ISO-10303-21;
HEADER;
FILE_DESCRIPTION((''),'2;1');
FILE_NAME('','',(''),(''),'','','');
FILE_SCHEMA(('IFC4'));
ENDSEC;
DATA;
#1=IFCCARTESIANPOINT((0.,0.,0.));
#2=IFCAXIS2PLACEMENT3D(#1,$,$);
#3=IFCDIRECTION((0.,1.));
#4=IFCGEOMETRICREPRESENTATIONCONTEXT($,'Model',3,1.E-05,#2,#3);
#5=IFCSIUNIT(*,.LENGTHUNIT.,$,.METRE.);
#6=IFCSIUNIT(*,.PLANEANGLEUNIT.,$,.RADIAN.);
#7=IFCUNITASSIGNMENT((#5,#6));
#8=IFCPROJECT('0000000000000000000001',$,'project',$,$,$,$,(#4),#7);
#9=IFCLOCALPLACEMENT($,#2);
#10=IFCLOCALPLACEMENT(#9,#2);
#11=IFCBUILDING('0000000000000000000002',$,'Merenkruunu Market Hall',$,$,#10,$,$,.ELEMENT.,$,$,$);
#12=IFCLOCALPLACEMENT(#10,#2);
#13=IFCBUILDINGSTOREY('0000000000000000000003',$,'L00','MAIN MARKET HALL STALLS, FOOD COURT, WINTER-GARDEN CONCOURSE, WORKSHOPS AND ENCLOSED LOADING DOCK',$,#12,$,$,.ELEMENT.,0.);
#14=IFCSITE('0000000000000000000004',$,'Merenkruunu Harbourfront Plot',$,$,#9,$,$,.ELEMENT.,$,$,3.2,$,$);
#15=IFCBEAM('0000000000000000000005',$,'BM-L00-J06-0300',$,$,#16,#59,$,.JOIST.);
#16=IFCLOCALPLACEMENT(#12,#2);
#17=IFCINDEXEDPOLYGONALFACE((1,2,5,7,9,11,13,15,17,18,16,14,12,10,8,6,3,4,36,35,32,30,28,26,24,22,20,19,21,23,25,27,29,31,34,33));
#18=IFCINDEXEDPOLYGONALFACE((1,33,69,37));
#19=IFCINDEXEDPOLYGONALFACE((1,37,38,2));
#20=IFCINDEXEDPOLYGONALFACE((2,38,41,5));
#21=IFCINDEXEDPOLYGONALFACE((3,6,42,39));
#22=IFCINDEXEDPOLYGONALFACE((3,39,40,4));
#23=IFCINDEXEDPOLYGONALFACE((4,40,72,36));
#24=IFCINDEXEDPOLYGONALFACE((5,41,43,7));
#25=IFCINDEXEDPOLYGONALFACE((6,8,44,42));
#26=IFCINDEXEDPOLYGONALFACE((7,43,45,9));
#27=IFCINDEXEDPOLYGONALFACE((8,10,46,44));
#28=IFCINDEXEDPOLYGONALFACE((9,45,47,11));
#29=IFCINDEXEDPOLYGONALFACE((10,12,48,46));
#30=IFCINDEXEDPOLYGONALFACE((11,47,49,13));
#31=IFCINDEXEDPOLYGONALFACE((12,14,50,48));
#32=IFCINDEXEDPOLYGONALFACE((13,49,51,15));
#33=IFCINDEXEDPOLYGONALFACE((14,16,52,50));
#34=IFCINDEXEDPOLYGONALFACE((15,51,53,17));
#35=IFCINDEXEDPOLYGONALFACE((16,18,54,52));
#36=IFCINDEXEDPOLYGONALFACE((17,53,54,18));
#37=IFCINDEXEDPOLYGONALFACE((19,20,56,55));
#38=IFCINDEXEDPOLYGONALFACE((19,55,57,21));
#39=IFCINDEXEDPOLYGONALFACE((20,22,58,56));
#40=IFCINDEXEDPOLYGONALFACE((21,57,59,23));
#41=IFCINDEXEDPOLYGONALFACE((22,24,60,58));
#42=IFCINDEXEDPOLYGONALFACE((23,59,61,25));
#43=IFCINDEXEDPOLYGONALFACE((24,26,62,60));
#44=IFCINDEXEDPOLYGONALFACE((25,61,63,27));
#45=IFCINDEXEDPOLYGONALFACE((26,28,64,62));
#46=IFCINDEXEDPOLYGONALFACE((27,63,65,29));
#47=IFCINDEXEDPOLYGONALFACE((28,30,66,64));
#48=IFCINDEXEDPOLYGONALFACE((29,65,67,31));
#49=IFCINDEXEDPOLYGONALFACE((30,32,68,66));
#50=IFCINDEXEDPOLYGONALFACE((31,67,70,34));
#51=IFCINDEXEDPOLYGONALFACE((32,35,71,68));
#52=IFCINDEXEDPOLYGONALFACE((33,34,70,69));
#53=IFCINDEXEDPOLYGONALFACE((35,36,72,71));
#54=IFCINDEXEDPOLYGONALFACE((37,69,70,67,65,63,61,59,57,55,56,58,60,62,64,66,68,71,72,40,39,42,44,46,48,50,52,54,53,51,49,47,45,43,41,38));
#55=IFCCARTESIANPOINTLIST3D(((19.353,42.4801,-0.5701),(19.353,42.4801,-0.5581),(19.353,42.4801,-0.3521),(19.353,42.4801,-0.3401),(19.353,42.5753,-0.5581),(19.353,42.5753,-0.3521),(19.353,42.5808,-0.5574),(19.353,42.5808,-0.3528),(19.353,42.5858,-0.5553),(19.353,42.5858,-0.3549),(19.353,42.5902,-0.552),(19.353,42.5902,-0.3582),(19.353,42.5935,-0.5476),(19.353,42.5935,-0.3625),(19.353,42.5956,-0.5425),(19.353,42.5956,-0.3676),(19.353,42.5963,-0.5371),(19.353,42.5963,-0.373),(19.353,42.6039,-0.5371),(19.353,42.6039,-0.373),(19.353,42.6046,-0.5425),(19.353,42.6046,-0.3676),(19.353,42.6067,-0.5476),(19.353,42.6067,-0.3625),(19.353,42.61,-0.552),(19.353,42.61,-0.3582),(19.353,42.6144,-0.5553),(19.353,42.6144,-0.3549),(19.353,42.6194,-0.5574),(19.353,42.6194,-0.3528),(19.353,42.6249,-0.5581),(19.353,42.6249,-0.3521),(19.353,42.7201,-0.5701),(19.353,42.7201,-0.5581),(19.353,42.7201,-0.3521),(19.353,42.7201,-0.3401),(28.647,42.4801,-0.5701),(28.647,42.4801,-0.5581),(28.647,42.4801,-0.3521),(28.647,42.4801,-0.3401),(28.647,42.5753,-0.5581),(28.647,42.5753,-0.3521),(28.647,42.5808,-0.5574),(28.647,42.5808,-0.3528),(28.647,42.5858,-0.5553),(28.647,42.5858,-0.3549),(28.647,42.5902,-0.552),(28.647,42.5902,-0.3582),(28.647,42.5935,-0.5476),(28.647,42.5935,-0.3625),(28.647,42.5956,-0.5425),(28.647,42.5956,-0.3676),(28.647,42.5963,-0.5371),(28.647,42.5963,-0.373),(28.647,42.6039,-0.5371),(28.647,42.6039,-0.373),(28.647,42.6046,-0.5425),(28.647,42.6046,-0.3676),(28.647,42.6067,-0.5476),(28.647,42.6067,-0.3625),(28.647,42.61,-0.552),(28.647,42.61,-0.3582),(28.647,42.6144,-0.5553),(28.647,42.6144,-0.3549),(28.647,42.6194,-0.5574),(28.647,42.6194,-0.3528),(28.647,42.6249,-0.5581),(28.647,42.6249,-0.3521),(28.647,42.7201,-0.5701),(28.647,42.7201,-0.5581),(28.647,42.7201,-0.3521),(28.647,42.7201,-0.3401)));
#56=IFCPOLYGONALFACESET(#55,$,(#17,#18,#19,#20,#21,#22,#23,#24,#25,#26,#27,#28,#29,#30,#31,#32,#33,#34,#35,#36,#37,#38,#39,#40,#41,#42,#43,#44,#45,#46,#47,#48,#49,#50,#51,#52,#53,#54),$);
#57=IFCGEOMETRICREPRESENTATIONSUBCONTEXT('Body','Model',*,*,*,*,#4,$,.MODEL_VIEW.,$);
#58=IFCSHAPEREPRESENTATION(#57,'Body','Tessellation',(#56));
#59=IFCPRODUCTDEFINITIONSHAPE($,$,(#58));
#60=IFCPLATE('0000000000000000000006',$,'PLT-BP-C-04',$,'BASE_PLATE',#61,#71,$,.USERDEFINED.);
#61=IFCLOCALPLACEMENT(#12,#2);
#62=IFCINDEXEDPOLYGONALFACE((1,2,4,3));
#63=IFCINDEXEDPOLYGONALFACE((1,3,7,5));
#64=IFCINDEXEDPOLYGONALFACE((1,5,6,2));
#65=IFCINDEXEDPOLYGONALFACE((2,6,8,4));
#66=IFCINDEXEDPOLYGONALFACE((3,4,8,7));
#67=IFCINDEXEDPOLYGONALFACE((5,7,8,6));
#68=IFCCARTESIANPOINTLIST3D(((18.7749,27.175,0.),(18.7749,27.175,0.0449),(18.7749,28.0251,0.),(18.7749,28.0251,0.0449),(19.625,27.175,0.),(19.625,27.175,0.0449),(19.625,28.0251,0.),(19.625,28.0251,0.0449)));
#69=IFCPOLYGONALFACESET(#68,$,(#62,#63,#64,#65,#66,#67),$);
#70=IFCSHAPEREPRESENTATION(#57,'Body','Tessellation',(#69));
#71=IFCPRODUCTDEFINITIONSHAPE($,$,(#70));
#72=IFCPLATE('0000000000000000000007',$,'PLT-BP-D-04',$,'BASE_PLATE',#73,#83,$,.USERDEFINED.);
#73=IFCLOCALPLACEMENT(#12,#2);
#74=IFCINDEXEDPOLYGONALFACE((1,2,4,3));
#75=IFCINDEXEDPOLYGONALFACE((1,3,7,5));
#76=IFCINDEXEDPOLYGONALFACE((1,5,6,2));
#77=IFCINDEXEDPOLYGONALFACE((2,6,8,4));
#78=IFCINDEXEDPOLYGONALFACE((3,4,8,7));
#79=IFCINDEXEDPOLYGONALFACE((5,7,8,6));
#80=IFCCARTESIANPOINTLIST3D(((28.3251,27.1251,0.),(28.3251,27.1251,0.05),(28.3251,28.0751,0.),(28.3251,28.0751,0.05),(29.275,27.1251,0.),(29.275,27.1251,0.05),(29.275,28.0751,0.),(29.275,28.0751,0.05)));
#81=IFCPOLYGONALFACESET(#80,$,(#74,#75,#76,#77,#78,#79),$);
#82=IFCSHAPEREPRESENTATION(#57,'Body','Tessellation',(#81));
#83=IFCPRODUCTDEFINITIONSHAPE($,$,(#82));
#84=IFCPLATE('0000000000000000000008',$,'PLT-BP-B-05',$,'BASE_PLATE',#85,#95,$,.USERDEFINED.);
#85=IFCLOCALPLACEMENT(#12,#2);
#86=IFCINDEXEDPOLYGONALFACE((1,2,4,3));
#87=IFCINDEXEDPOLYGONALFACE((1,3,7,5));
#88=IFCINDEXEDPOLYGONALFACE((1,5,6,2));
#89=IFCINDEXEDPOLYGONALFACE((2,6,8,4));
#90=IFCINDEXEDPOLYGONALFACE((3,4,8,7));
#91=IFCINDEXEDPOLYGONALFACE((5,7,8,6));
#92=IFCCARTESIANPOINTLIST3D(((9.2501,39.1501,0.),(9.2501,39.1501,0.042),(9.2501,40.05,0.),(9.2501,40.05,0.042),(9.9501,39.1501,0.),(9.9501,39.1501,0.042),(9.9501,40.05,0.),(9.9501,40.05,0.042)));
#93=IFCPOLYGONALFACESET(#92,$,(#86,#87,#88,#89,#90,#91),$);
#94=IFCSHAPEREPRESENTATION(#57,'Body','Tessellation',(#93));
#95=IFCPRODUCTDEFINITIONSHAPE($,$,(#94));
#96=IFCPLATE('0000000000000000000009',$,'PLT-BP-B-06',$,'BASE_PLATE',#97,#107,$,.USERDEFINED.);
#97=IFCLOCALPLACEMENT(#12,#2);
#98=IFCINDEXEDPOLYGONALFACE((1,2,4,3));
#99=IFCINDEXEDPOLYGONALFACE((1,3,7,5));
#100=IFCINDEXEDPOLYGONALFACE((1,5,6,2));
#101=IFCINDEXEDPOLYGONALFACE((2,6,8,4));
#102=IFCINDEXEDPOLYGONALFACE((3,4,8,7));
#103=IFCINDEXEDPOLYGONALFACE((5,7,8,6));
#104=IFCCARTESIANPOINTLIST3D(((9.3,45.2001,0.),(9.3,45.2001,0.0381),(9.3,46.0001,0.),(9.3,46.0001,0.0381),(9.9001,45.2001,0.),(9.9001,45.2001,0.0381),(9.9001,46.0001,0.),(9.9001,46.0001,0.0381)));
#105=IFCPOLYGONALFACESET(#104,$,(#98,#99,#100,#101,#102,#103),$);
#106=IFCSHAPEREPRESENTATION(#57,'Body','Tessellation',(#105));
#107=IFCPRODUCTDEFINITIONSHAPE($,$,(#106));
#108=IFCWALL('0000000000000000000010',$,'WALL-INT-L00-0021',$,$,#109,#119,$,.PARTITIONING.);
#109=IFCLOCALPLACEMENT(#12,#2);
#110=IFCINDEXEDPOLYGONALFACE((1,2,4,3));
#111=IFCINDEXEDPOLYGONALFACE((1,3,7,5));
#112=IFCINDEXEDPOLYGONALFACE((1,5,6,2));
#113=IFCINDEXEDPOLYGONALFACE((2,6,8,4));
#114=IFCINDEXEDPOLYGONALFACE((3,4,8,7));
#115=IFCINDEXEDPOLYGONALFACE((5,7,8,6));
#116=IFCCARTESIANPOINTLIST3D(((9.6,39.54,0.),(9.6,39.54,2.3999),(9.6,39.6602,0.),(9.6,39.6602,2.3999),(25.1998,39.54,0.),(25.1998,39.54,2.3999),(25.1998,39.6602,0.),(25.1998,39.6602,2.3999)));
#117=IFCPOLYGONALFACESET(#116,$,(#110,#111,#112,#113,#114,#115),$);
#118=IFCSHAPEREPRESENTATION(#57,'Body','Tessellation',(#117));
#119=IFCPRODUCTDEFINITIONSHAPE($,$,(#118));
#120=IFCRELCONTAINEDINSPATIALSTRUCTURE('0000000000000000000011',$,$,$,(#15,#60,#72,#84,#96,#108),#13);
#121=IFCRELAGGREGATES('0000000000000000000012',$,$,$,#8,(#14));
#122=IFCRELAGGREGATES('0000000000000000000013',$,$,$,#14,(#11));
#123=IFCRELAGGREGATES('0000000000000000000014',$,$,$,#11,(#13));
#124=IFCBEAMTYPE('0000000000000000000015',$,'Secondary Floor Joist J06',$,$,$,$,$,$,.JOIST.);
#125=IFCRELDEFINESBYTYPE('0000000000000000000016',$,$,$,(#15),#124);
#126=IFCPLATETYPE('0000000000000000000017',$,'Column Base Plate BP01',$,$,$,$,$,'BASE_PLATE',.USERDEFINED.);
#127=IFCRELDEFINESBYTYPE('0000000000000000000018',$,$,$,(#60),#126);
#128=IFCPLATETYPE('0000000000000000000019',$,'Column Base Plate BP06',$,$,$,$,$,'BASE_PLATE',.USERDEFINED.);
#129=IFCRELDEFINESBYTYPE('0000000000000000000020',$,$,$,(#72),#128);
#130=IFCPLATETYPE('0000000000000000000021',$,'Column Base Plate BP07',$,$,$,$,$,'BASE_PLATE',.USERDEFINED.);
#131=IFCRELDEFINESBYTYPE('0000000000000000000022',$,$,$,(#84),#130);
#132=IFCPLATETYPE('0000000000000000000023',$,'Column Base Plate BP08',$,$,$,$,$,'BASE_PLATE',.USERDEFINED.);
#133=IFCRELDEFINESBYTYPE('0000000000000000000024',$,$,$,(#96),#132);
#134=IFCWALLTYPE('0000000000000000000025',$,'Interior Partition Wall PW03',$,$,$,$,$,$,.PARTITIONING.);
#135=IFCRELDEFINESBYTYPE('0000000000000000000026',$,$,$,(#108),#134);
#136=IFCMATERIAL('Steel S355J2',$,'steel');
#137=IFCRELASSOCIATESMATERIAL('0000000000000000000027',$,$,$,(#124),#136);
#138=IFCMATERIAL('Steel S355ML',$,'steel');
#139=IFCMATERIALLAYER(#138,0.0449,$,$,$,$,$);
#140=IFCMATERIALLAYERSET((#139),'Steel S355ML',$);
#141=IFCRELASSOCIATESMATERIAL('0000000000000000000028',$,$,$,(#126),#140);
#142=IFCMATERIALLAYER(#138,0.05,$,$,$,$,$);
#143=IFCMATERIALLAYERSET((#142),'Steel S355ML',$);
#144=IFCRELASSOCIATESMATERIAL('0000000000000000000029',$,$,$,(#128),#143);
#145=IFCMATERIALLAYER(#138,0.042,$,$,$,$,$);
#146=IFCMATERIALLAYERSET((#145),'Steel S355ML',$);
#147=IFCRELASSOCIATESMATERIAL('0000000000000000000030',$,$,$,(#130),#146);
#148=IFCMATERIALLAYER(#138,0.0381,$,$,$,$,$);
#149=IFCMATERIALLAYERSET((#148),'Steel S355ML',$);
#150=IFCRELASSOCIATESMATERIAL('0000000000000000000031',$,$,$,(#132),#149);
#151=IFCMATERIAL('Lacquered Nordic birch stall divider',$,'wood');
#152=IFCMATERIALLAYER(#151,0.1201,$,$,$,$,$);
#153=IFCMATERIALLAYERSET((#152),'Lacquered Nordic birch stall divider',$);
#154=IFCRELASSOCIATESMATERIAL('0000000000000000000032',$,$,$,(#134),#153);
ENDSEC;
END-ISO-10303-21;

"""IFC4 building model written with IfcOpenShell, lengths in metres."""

from ifc_helpers import new_model, si_unit, direction, frame, frame_2d, origin, origin_2d, place, context, subcontext, project, spatial, rectangle, i_section, extrude, material, layer, layer_set, material_profile, profile_set, type_object, element, save


model = new_model("IFC4")

# Units and contexts
model_context = context("Model", 3, precision=1e-05, world=origin(), true_north=direction((0.0, 1.0)))
body_context = subcontext(model_context, "Body", "Model", "MODEL_VIEW")
ifc_project = project(units=[si_unit("LENGTHUNIT", "METRE"), si_unit("PLANEANGLEUNIT", "RADIAN")], contexts=[model_context])

# Site, building, storey
site_placement = place(None, origin())
site = spatial("IfcSite", under=ifc_project, at=site_placement, Name="Merenkruunu Harbourfront Plot", CompositionType="ELEMENT", RefElevation=3.2)
building_placement = place(site_placement, origin())
building = spatial("IfcBuilding", under=site, at=building_placement, Name="Merenkruunu Market Hall", CompositionType="ELEMENT")
storey_placement = place(building_placement, origin())
storey = spatial("IfcBuildingStorey", under=building, at=storey_placement, Name="L00", Description="MAIN MARKET HALL STALLS, FOOD COURT, WINTER-GARDEN CONCOURSE, WORKSHOPS AND ENCLOSED LOADING DOCK", CompositionType="ELEMENT", Elevation=0.0)

# Shared definitions
ifc_material_1 = material(Name="Steel S355J2", Category="steel")

# Beam
ifc_material_profile_1 = material_profile(ifc_material_1, i_section(OverallWidth=0.24, OverallDepth=0.23, WebThickness=0.0076, FlangeThickness=0.012, FilletRadius=0.021, at=origin_2d()), Name="HEA 240")
ifc_profile_set_1 = profile_set([ifc_material_profile_1], Name="Steel S355J2")
beam_type_1 = type_object("IfcBeamType", Name="Secondary Floor Joist J06", PredefinedType="JOIST", material=ifc_profile_set_1)
for number, where, z_axis, x_axis, name in (
    (1, (19.353, 42.6001, -0.4551), (1.0, 0.0, 0.0), (0.0, 1.0, 0.0), "BM-L00-J06-0300"),
):
    element("IfcBeam", number, at=place(storey_placement, frame(where, z_axis=z_axis, x_axis=x_axis)), inside=storey, type_object=beam_type_1, Name=name, PredefinedType="JOIST", context=body_context, shape_type="SweptSolid", body=[
        extrude(i_section(OverallWidth=0.24, OverallDepth=0.23, WebThickness=0.0076, FlangeThickness=0.012, FilletRadius=0.021, at=origin_2d()), origin(), (0.0, 0.0, 1.0), 9.2939),
    ])

# Plates
ifc_material_2 = material(Name="Steel S355ML", Category="steel")
ifc_layer_1 = layer(ifc_material_2, 0.0449)
ifc_layer_set_1 = layer_set([ifc_layer_1], Name="Steel S355ML")
plate_type_1 = type_object("IfcPlateType", Name="Column Base Plate BP01", ElementType="BASE_PLATE", PredefinedType="USERDEFINED", material=ifc_layer_set_1)
plate_1_placement = place(storey_placement, frame((19.2, 27.6001, 0.0), z_axis=(0.0, 0.0, 1.0), x_axis=(1.0, 0.0, 0.0)))
element("IfcPlate", 2, at=plate_1_placement, inside=storey, type_object=plate_type_1, Name="PLT-BP-C-04", ObjectType="BASE_PLATE", PredefinedType="USERDEFINED", context=body_context, shape_type="SweptSolid", body=[
    extrude(rectangle(XDim=0.8501, YDim=0.8501, at=origin_2d()), origin(), (0.0, 0.0, 1.0), 0.0449),
])
ifc_layer_2 = layer(ifc_material_2, 0.05)
ifc_layer_set_2 = layer_set([ifc_layer_2], Name="Steel S355ML")
plate_type_2 = type_object("IfcPlateType", Name="Column Base Plate BP06", ElementType="BASE_PLATE", PredefinedType="USERDEFINED", material=ifc_layer_set_2)
plate_2_placement = place(storey_placement, frame((28.8, 27.6001, 0.0), z_axis=(0.0, 0.0, 1.0), x_axis=(1.0, 0.0, 0.0)))
element("IfcPlate", 3, at=plate_2_placement, inside=storey, type_object=plate_type_2, Name="PLT-BP-D-04", ObjectType="BASE_PLATE", PredefinedType="USERDEFINED", context=body_context, shape_type="SweptSolid", body=[
    extrude(rectangle(XDim=0.95, YDim=0.95, at=origin_2d()), origin(), (0.0, 0.0, 1.0), 0.05),
])
ifc_layer_3 = layer(ifc_material_2, 0.042)
ifc_layer_set_3 = layer_set([ifc_layer_3], Name="Steel S355ML")
plate_type_3 = type_object("IfcPlateType", Name="Column Base Plate BP07", ElementType="BASE_PLATE", PredefinedType="USERDEFINED", material=ifc_layer_set_3)
plate_3_placement = place(storey_placement, frame((9.6001, 39.6001, 0.0), z_axis=(0.0, 0.0, 1.0), x_axis=(1.0, 0.0, 0.0)))
element("IfcPlate", 4, at=plate_3_placement, inside=storey, type_object=plate_type_3, Name="PLT-BP-B-05", ObjectType="BASE_PLATE", PredefinedType="USERDEFINED", context=body_context, shape_type="SweptSolid", body=[
    extrude(rectangle(XDim=0.7, YDim=0.8999, at=origin_2d()), origin(), (0.0, 0.0, 1.0), 0.042),
])
ifc_layer_4 = layer(ifc_material_2, 0.0381)
ifc_layer_set_4 = layer_set([ifc_layer_4], Name="Steel S355ML")
plate_type_4 = type_object("IfcPlateType", Name="Column Base Plate BP08", ElementType="BASE_PLATE", PredefinedType="USERDEFINED", material=ifc_layer_set_4)
plate_4_placement = place(storey_placement, frame((9.6001, 45.6001, 0.0), z_axis=(0.0, 0.0, 1.0), x_axis=(1.0, 0.0, 0.0)))
element("IfcPlate", 5, at=plate_4_placement, inside=storey, type_object=plate_type_4, Name="PLT-BP-B-06", ObjectType="BASE_PLATE", PredefinedType="USERDEFINED", context=body_context, shape_type="SweptSolid", body=[
    extrude(rectangle(XDim=0.6001, YDim=0.8, at=origin_2d()), origin(), (0.0, 0.0, 1.0), 0.0381),
])

# Wall
ifc_material_3 = material(Name="Lacquered Nordic birch stall divider", Category="wood")
ifc_layer_5 = layer(ifc_material_3, 0.1201)
ifc_layer_set_5 = layer_set([ifc_layer_5], Name="Lacquered Nordic birch stall divider")
wall_type = type_object("IfcWallType", Name="Interior Partition Wall PW03", PredefinedType="PARTITIONING", material=ifc_layer_set_5)
wall_placement = place(storey_placement, frame((9.6001, 39.6001, 0.0), z_axis=(0.0, 0.0, 1.0), x_axis=(1.0, 0.0, 0.0)))
element("IfcWall", 6, at=wall_placement, inside=storey, type_object=wall_type, Name="WALL-INT-L00-0021", PredefinedType="PARTITIONING", context=body_context, shape_type="SweptSolid", body=[
    extrude(rectangle(XDim=15.5999, YDim=0.1201, at=frame_2d((7.7998, 0.0))), origin(), (0.0, 0.0, 1.0), 2.3999),
])

save(model, "model.ifc")
